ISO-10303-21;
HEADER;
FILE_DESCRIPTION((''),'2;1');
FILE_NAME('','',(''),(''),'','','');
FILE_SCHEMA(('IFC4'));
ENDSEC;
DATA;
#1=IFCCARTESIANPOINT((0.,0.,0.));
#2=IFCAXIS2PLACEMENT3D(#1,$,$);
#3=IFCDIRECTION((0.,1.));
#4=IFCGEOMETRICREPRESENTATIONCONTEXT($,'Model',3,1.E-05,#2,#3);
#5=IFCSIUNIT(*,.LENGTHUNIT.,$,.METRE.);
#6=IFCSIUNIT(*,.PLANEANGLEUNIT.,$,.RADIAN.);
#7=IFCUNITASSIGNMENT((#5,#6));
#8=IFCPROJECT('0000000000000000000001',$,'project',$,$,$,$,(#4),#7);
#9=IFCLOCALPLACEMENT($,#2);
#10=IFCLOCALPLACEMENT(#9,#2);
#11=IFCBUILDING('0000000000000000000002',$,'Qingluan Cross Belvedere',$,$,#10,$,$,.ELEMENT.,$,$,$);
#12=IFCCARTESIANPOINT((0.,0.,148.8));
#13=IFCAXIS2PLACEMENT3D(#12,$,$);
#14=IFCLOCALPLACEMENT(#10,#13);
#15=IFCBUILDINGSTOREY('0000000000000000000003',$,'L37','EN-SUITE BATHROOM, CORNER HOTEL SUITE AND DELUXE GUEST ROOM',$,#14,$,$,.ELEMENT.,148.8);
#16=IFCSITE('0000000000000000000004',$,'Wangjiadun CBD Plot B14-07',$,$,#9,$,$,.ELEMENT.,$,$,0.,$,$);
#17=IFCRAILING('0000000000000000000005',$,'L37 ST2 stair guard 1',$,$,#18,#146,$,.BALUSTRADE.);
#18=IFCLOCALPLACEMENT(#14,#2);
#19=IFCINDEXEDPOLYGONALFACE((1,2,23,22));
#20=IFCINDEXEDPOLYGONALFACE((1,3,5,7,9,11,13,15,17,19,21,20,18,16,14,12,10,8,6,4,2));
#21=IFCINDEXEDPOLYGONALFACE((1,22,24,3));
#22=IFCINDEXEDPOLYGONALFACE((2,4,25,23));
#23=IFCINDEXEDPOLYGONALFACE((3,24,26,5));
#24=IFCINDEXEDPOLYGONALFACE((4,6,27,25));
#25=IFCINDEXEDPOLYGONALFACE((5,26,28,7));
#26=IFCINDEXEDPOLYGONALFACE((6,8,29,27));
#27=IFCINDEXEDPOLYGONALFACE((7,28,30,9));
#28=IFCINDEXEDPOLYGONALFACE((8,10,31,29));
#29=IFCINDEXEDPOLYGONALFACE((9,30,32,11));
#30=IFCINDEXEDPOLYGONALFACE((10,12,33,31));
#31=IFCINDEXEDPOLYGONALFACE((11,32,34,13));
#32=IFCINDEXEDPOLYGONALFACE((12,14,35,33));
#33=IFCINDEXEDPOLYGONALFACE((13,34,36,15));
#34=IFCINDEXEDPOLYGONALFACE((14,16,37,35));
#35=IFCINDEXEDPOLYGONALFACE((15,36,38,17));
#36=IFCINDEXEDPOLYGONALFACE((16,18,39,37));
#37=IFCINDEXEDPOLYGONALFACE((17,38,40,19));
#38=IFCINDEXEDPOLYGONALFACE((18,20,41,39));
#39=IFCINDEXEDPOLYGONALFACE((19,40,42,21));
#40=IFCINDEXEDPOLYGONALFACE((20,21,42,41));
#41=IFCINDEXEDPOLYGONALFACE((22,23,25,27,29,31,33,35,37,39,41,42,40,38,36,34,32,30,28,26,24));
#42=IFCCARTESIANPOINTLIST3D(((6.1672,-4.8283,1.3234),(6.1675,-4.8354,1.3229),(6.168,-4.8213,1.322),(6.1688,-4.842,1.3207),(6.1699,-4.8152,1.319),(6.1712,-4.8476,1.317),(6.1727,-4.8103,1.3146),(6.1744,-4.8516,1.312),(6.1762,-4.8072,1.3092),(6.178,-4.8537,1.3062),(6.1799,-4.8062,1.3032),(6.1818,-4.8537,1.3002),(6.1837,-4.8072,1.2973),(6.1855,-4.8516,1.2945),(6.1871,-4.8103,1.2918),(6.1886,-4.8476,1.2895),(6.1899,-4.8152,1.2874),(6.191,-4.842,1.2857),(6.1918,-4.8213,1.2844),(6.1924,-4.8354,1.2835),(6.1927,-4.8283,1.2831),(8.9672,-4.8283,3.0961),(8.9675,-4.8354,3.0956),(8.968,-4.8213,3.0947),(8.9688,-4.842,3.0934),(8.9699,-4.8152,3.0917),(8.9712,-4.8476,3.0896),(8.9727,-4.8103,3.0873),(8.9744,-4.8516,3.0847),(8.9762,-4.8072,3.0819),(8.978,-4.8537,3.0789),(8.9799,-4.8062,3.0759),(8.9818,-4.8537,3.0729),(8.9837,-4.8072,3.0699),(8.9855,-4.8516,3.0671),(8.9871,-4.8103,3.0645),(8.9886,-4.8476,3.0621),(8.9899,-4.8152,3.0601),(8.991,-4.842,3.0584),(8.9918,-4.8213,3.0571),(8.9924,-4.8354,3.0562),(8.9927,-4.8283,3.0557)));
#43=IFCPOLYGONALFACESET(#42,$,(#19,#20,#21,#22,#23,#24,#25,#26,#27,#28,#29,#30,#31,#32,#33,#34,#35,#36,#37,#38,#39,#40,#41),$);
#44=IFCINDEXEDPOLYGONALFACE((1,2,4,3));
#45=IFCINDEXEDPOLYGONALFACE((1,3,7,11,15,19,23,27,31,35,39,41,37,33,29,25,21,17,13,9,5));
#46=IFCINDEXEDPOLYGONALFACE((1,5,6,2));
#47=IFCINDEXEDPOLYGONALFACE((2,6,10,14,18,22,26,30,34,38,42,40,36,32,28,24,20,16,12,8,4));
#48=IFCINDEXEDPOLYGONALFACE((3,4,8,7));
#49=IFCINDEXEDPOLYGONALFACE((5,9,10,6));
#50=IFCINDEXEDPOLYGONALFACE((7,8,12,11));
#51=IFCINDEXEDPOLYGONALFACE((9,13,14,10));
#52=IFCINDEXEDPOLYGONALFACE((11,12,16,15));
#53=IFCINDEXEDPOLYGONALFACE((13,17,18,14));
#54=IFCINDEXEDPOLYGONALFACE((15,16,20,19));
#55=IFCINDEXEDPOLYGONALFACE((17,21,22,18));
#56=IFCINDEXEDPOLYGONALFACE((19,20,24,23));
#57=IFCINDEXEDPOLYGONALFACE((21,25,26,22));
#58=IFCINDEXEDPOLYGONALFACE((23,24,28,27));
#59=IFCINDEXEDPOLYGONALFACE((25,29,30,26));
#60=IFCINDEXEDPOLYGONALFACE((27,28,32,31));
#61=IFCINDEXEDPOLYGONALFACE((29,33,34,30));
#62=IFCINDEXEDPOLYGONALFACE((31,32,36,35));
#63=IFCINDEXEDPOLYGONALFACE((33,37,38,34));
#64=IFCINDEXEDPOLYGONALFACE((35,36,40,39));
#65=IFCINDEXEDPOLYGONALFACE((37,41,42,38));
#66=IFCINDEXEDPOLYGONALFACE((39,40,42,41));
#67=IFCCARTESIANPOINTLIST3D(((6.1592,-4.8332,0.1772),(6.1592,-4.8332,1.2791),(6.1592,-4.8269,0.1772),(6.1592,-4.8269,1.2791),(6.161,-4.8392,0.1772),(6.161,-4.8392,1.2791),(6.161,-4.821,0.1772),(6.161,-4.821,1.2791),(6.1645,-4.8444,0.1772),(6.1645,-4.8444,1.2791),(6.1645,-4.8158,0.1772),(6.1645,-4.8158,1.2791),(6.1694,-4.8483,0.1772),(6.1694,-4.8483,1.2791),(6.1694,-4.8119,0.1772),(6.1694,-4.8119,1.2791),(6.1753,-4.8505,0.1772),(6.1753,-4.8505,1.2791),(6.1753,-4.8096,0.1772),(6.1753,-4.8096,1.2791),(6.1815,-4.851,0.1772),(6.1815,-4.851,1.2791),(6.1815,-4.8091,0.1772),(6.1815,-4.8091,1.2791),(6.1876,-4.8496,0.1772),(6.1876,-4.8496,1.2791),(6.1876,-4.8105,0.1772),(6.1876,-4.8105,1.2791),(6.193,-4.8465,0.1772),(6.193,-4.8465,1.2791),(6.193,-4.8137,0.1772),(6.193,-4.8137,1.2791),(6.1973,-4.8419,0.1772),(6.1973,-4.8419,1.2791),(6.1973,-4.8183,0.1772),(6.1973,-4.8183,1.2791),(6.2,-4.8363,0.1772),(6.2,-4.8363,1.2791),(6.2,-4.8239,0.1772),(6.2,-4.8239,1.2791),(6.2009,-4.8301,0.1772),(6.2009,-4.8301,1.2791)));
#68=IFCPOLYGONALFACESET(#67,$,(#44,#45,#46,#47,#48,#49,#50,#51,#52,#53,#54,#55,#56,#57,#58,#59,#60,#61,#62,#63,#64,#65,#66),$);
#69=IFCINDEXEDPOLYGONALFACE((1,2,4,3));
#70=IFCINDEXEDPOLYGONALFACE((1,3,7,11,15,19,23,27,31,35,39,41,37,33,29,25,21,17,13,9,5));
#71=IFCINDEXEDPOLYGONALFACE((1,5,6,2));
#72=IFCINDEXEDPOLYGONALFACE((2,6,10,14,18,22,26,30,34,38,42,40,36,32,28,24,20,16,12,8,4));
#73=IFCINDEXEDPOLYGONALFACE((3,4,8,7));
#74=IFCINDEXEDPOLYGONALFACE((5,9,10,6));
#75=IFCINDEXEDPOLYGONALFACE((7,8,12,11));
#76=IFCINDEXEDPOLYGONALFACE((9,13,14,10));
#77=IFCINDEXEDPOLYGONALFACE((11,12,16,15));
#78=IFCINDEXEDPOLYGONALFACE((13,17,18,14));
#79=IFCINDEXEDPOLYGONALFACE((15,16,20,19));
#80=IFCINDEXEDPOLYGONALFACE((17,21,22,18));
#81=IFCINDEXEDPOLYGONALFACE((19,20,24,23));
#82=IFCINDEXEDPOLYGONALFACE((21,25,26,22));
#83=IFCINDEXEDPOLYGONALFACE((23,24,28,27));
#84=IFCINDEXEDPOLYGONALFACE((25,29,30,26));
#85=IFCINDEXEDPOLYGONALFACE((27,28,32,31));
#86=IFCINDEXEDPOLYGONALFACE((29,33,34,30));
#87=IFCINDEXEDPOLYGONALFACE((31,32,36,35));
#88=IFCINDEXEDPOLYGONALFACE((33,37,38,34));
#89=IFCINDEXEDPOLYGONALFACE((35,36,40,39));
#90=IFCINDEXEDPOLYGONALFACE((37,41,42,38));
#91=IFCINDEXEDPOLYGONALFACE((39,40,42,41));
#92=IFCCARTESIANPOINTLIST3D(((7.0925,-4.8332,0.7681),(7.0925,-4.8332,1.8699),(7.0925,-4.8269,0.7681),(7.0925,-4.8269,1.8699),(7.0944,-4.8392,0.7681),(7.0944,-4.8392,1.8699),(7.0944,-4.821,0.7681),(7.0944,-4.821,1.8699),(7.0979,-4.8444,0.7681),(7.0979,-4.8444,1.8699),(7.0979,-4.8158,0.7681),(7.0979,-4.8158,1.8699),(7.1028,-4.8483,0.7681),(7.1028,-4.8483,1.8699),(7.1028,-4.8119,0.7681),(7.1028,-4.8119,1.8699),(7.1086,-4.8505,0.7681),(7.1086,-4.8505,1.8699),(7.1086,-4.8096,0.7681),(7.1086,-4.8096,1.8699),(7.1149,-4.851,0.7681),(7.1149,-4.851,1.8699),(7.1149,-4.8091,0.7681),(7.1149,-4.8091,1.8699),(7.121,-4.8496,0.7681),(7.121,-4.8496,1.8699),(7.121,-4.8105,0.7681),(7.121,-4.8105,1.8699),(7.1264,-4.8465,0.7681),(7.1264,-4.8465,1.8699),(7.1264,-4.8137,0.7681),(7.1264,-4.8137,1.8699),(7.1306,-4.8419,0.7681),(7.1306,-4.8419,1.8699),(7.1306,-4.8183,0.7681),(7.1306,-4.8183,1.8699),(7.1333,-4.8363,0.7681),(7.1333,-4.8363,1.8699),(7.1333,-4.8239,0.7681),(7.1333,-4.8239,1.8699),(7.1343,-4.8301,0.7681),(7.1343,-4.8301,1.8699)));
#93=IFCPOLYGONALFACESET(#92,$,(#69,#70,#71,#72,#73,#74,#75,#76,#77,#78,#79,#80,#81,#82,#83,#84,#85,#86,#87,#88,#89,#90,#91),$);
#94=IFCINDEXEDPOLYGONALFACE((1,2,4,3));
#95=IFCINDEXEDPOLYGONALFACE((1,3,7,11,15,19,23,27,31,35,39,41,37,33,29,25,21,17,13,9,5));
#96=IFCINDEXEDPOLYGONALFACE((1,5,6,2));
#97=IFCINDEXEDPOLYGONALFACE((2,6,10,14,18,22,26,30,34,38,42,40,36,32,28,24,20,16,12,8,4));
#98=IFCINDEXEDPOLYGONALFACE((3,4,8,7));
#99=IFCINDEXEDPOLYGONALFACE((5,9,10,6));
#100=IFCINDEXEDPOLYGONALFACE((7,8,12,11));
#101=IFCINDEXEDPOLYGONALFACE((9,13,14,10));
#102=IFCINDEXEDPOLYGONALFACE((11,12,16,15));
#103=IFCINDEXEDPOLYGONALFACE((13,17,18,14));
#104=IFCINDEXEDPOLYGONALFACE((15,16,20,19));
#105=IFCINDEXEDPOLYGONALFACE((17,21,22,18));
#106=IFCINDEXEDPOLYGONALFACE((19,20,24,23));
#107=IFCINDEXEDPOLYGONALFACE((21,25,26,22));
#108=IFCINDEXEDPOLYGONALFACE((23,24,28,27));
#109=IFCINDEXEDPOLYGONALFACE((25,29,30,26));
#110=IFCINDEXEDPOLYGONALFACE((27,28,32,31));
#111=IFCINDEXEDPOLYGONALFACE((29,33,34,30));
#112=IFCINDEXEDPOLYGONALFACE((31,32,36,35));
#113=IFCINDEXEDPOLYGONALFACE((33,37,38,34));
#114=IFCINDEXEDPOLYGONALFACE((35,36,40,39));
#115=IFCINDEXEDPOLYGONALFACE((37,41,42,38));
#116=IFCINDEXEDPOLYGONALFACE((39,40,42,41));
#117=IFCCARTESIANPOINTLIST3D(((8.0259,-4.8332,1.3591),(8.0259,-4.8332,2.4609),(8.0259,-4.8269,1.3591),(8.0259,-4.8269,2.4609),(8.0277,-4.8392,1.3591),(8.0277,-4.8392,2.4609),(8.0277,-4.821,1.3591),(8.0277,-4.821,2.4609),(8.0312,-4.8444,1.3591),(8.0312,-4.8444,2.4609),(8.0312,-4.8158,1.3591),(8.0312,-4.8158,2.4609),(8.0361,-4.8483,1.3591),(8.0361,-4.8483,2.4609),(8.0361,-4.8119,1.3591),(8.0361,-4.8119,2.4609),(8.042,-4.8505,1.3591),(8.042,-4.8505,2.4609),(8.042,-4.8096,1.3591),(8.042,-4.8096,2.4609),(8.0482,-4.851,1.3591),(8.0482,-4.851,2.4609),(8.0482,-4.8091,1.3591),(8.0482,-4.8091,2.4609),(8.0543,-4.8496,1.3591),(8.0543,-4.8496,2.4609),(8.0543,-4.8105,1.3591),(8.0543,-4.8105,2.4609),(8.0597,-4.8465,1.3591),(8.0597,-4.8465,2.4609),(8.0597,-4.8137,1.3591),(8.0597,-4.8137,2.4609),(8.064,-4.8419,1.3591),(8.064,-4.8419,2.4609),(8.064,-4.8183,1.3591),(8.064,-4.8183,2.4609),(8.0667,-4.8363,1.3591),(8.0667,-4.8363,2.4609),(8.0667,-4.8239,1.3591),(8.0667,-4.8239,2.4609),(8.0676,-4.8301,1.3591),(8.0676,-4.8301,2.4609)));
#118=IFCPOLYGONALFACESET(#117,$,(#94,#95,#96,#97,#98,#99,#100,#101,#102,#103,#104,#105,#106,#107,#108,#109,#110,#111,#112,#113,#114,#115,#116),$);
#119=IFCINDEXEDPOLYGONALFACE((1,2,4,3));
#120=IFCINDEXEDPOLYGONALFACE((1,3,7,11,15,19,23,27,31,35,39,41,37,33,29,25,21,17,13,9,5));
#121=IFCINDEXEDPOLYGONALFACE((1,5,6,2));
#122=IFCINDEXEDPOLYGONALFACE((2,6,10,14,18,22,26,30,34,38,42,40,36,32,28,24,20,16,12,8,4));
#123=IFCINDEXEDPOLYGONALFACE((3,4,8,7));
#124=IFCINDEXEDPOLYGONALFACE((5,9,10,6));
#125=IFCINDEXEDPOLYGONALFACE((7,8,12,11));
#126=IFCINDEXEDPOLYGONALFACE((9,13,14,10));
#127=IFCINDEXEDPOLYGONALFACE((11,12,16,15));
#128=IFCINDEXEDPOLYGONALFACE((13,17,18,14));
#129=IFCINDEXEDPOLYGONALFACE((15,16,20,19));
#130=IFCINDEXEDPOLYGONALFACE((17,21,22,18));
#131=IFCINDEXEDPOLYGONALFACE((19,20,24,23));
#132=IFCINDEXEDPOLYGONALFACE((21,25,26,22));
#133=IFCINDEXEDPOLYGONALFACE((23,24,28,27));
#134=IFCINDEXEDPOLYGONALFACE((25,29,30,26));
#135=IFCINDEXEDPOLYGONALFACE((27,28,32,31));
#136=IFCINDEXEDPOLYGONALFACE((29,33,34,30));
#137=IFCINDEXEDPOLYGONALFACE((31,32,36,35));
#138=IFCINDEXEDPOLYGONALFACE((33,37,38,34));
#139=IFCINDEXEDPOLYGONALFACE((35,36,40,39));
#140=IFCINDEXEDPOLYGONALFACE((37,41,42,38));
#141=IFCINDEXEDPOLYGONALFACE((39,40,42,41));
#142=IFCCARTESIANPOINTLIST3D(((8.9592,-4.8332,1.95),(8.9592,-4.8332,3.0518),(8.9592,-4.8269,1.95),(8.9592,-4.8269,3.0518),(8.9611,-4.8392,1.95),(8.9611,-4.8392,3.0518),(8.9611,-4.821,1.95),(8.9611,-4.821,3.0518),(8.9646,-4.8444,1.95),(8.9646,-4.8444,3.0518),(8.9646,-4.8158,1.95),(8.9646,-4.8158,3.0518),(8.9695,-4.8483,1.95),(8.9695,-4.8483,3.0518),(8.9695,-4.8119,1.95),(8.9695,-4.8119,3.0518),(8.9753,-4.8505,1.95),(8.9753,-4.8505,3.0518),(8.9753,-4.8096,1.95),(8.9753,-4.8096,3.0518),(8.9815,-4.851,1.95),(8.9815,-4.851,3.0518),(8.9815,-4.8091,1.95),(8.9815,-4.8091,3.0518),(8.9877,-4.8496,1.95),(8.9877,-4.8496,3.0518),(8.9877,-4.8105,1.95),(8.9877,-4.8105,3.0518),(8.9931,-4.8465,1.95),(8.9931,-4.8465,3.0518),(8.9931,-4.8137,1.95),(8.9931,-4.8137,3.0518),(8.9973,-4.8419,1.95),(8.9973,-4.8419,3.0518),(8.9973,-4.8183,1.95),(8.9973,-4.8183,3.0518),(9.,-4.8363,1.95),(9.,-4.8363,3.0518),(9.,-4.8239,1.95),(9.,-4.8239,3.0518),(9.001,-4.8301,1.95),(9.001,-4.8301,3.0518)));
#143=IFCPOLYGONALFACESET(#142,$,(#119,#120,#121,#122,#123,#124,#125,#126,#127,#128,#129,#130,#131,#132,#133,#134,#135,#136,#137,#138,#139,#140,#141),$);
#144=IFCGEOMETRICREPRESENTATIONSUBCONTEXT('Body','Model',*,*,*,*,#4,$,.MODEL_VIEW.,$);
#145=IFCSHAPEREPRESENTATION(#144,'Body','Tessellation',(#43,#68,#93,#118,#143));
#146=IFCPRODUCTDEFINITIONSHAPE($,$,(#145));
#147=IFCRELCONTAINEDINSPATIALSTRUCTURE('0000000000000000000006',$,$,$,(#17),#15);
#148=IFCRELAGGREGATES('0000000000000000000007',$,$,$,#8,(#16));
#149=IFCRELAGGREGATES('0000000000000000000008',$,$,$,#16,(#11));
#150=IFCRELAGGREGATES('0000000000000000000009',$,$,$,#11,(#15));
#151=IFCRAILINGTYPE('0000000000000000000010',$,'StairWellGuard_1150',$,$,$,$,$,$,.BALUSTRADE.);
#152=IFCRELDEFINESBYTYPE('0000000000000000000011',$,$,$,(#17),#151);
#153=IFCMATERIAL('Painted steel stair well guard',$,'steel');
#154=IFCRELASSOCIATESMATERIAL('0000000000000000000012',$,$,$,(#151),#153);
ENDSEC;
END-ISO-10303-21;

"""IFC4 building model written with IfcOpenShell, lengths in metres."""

from ifc_helpers import new_model, si_unit, direction, frame, origin, origin_2d, place, context, subcontext, project, spatial, circle, extrude, material, type_object, element, save


model = new_model("IFC4")

# Units and contexts
model_context = context("Model", 3, precision=1e-05, world=origin(), true_north=direction((0.0, 1.0)))
body_context = subcontext(model_context, "Body", "Model", "MODEL_VIEW")
ifc_project = project(units=[si_unit("LENGTHUNIT", "METRE"), si_unit("PLANEANGLEUNIT", "RADIAN")], contexts=[model_context])

# Site, building, storey
site_placement = place(None, origin())
site = spatial("IfcSite", under=ifc_project, at=site_placement, Name="Wangjiadun CBD Plot B14-07", CompositionType="ELEMENT", RefElevation=0.0)
building_placement = place(site_placement, origin())
building = spatial("IfcBuilding", under=site, at=building_placement, Name="Qingluan Cross Belvedere", CompositionType="ELEMENT")
storey_placement = place(building_placement, frame((0.0, 0.0, 148.8)))
storey = spatial("IfcBuildingStorey", under=building, at=storey_placement, Name="L37", Description="EN-SUITE BATHROOM, CORNER HOTEL SUITE AND DELUXE GUEST ROOM", CompositionType="ELEMENT", Elevation=148.8)

# Railing
ifc_material_1 = material(Name="Painted steel stair well guard", Category="steel")
railing_type_1 = type_object("IfcRailingType", Name="StairWellGuard_1150", PredefinedType="BALUSTRADE", material=ifc_material_1)
railing_1_placement = place(storey_placement, frame((6.1799, -4.8301, 0.1772)))
element("IfcRailing", 1, at=railing_1_placement, inside=storey, type_object=railing_type_1, Name="L37 ST2 stair guard 1", PredefinedType="BALUSTRADE", context=body_context, shape_type="SweptSolid", body=[
    extrude(circle(Radius=0.0239, at=origin_2d()), frame((0.0, 0.0, 1.126), z_axis=(0.844909, 0.0, 0.53491), x_axis=(0.0, 1.0, 0.0)), (0.0, 0.0, 1.0), 3.314),
    extrude(circle(Radius=0.021, at=origin_2d()), origin(), (0.0, 0.0, 1.0), 1.1018),
    extrude(circle(Radius=0.021, at=origin_2d()), frame((0.9333, 0.0, 0.5908)), (0.0, 0.0, 1.0), 1.1018),
    extrude(circle(Radius=0.021, at=origin_2d()), frame((1.8667, 0.0, 1.1819)), (0.0, 0.0, 1.0), 1.1018),
    extrude(circle(Radius=0.021, at=origin_2d()), frame((2.8, 0.0, 1.7727)), (0.0, 0.0, 1.0), 1.1018),
])

save(model, "model.ifc")
